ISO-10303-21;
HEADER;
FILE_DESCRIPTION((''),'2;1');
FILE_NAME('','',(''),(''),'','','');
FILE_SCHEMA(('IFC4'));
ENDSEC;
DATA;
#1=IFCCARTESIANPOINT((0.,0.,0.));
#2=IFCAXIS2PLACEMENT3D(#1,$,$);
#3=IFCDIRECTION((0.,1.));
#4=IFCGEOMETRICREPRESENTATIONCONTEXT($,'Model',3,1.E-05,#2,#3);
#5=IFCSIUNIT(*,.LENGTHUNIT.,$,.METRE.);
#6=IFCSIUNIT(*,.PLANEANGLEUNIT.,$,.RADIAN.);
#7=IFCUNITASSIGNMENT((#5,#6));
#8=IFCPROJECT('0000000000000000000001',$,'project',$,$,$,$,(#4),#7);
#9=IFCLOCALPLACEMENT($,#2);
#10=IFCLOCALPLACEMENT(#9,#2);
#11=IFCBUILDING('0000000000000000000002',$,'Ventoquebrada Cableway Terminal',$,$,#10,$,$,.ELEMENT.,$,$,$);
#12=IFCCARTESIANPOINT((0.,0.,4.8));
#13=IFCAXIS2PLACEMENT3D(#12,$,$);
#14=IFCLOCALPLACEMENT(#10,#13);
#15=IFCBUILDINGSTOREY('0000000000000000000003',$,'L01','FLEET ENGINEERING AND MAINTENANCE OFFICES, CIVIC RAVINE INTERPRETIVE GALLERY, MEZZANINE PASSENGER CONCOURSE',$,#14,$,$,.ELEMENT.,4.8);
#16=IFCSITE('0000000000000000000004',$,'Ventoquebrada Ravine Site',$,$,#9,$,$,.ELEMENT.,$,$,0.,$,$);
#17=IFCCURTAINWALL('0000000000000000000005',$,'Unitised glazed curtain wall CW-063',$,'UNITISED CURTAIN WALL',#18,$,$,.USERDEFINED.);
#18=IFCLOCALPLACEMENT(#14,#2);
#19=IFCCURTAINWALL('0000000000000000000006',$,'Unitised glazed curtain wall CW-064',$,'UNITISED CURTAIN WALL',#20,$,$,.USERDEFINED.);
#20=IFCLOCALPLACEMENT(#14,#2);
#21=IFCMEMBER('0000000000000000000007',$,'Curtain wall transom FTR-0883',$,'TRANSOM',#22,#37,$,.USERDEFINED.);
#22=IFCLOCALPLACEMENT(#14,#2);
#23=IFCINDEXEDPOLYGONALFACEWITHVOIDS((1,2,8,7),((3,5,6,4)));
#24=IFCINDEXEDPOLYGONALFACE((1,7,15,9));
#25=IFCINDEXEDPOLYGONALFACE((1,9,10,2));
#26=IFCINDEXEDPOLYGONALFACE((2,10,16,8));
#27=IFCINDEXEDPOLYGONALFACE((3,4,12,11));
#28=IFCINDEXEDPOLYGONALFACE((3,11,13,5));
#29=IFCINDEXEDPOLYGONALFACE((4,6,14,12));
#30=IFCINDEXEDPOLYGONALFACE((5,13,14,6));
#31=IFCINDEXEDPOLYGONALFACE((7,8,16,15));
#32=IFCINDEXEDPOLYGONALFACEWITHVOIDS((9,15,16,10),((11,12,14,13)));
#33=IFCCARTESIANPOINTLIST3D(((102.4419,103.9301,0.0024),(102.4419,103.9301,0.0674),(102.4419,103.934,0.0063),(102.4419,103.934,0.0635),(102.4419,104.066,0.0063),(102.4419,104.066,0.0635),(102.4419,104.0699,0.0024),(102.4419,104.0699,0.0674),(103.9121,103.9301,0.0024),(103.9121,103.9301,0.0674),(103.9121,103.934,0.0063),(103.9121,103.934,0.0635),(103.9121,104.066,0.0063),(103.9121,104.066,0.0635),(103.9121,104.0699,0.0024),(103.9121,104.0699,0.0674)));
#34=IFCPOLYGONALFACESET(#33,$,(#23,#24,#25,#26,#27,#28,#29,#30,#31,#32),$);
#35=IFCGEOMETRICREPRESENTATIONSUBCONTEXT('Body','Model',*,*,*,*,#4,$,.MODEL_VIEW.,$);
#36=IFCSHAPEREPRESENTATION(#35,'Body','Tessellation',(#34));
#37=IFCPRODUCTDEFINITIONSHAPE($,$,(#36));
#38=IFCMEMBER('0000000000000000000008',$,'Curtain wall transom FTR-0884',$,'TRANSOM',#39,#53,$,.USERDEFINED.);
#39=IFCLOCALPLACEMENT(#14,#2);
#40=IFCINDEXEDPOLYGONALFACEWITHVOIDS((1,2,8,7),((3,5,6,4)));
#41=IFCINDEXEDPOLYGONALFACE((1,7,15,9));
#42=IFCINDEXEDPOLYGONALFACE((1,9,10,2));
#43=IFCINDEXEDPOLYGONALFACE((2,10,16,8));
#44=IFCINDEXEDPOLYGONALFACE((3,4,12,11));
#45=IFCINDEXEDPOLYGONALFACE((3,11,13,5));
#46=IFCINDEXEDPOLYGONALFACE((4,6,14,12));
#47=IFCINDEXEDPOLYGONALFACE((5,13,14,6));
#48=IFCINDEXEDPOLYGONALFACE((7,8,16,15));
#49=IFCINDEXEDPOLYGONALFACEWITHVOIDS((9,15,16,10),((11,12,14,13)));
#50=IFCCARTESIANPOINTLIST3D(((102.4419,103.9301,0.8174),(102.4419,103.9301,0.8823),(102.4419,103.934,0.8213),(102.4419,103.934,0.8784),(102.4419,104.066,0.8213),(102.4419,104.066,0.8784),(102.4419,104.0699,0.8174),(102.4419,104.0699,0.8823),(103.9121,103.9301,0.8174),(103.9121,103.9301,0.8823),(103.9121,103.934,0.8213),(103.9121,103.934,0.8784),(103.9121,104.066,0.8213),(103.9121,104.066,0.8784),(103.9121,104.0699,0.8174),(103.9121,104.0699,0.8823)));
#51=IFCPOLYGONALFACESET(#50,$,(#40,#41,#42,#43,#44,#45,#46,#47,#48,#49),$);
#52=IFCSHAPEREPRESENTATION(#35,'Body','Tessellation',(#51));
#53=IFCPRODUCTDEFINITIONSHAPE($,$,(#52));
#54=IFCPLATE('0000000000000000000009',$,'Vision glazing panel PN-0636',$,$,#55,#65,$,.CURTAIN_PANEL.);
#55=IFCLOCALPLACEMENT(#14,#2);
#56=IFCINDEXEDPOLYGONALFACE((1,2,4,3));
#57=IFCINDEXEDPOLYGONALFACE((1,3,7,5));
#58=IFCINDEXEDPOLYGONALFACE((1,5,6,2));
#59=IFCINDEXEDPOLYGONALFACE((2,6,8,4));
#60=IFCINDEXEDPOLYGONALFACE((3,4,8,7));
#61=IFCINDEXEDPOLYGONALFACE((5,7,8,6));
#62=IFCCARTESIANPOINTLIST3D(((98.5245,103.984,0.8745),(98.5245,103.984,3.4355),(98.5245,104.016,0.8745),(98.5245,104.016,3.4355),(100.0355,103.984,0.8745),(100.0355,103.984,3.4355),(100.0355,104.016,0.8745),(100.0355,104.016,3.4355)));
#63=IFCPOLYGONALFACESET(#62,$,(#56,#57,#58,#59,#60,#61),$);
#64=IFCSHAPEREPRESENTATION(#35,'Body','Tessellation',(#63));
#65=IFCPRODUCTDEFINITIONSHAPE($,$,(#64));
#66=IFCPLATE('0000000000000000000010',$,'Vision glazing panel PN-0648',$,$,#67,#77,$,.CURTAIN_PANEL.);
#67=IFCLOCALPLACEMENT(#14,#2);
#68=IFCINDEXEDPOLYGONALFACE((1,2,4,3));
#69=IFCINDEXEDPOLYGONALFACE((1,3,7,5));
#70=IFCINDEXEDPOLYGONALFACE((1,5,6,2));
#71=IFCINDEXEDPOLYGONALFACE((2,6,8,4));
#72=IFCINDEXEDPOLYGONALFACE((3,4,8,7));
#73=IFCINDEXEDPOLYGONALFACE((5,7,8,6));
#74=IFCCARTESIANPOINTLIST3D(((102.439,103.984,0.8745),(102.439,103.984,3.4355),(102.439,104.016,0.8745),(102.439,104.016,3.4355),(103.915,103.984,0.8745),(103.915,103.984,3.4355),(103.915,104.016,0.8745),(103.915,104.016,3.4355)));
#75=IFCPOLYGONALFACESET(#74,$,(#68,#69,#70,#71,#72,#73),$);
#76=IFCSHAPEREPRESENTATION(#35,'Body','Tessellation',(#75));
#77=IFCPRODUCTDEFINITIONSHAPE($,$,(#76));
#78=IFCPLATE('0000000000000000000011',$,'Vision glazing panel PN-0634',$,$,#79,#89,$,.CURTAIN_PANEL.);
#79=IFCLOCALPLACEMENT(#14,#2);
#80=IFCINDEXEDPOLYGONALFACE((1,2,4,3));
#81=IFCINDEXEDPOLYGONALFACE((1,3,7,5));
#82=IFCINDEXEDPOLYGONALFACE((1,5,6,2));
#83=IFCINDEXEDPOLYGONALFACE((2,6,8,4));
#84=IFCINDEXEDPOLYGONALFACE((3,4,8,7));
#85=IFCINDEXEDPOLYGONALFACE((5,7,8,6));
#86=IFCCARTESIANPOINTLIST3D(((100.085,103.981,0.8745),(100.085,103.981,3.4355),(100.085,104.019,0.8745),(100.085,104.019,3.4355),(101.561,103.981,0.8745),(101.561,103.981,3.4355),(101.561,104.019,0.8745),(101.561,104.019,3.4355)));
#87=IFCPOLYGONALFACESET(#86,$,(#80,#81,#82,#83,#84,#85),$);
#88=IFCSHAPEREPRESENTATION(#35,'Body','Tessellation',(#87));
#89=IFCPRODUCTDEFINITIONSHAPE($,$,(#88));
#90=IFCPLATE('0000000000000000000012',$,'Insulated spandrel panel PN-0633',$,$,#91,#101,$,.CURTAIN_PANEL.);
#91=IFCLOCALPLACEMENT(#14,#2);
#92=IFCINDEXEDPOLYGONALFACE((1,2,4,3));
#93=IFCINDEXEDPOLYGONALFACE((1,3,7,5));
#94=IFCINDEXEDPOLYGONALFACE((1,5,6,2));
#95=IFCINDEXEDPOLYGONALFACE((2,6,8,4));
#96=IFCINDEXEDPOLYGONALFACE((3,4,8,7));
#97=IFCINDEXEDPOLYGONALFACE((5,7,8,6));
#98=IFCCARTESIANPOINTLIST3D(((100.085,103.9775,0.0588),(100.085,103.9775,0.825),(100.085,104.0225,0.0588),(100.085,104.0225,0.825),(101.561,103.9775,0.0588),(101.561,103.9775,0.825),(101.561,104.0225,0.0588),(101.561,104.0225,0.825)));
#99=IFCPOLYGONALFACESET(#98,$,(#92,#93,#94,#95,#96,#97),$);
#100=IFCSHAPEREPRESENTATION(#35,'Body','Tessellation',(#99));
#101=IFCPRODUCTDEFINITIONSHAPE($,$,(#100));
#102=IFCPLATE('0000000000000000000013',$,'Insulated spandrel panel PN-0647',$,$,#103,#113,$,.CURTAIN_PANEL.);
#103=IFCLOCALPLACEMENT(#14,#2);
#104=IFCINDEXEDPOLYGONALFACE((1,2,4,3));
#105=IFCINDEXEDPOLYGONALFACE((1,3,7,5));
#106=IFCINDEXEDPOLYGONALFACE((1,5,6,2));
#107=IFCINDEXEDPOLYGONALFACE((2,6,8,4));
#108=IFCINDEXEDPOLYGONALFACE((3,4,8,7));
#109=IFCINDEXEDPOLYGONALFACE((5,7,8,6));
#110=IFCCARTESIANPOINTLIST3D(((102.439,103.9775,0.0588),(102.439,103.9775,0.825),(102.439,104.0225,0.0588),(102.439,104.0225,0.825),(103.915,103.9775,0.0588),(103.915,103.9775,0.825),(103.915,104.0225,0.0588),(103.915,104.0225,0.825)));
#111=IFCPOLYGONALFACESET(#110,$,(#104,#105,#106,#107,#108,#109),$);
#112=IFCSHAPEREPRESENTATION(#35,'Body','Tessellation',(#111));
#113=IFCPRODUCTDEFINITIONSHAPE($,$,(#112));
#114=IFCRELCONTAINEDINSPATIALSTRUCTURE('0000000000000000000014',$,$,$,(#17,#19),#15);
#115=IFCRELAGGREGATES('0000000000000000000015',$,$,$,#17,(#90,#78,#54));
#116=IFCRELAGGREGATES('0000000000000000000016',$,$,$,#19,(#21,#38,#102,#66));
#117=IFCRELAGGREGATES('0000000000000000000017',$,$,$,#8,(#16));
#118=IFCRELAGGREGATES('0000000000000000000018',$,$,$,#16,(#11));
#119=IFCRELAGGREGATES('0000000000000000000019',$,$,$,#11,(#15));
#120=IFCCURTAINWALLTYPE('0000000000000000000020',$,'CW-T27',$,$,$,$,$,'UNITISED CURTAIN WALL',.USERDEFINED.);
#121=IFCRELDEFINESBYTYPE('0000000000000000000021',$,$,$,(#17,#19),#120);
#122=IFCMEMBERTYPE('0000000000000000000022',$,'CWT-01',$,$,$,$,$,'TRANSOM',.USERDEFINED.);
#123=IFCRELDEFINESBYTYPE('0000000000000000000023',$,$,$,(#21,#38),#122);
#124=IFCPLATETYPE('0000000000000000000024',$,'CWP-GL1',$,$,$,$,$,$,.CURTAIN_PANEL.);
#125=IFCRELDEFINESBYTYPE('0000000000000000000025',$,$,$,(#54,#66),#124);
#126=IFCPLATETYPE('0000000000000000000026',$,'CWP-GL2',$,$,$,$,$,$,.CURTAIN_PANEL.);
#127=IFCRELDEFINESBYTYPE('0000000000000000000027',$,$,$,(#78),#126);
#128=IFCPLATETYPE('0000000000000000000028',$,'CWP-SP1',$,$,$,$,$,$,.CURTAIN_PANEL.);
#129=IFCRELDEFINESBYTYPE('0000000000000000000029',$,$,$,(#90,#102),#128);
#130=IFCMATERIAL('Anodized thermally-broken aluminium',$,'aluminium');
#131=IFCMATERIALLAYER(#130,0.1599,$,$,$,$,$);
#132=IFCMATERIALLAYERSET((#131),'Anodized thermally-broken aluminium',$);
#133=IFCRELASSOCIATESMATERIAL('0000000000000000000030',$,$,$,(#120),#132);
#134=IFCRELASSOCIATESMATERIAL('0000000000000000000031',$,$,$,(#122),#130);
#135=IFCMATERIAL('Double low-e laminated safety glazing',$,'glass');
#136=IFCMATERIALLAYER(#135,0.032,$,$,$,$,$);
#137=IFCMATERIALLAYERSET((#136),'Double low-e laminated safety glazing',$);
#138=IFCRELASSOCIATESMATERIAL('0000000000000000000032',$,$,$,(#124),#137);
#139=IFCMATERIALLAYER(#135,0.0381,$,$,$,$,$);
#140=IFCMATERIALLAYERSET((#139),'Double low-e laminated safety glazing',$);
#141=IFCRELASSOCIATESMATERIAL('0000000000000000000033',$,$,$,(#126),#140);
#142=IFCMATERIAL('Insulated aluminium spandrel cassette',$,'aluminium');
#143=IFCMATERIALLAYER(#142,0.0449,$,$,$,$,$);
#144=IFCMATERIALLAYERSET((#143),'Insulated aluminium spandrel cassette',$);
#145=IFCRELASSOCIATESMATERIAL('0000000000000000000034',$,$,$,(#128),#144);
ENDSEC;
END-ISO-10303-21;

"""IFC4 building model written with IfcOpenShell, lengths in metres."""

from ifc_helpers import new_model, si_unit, direction, frame, origin, origin_2d, place, context, subcontext, project, spatial, rectangle, hollow_rectangle, extrude, material, layer, layer_set, material_profile, profile_set, type_object, element, aggregate, save


model = new_model("IFC4")

# Units and contexts
model_context = context("Model", 3, precision=1e-05, world=origin(), true_north=direction((0.0, 1.0)))
body_context = subcontext(model_context, "Body", "Model", "MODEL_VIEW")
ifc_project = project(units=[si_unit("LENGTHUNIT", "METRE"), si_unit("PLANEANGLEUNIT", "RADIAN")], contexts=[model_context])

# Site, building, storey
site_placement = place(None, origin())
site = spatial("IfcSite", under=ifc_project, at=site_placement, Name="Ventoquebrada Ravine Site", CompositionType="ELEMENT", RefElevation=0.0)
building_placement = place(site_placement, origin())
building = spatial("IfcBuilding", under=site, at=building_placement, Name="Ventoquebrada Cableway Terminal", CompositionType="ELEMENT")
storey_placement = place(building_placement, frame((0.0, 0.0, 4.8)))
storey = spatial("IfcBuildingStorey", under=building, at=storey_placement, Name="L01", Description="FLEET ENGINEERING AND MAINTENANCE OFFICES, CIVIC RAVINE INTERPRETIVE GALLERY, MEZZANINE PASSENGER CONCOURSE", CompositionType="ELEMENT", Elevation=4.8)

# Curtain wall
ifc_material_1 = material(Name="Anodized thermally-broken aluminium", Category="aluminium")
ifc_layer_1 = layer(ifc_material_1, 0.1599)
ifc_layer_set_1 = layer_set([ifc_layer_1], Name="Anodized thermally-broken aluminium")
curtain_wall_type = type_object("IfcCurtainWallType", Name="CW-T27", ElementType="UNITISED CURTAIN WALL", PredefinedType="USERDEFINED", material=ifc_layer_set_1)
curtain_wall_1_placement = place(storey_placement, origin())
curtain_wall_1 = element("IfcCurtainWall", 1, at=curtain_wall_1_placement, inside=storey, type_object=curtain_wall_type, Name="Unitised glazed curtain wall CW-063", ObjectType="UNITISED CURTAIN WALL", PredefinedType="USERDEFINED")

# Curtain wall
curtain_wall_2_placement = place(storey_placement, origin())
curtain_wall_2 = element("IfcCurtainWall", 2, at=curtain_wall_2_placement, inside=storey, type_object=curtain_wall_type, Name="Unitised glazed curtain wall CW-064", ObjectType="UNITISED CURTAIN WALL", PredefinedType="USERDEFINED")

# Members
ifc_material_profile_1 = material_profile(ifc_material_1, hollow_rectangle(XDim=0.0649, YDim=0.1399, WallThickness=0.0039, at=origin_2d()), Name="CW-TRN-65X140")
ifc_profile_set_1 = profile_set([ifc_material_profile_1], Name="Anodized thermally-broken aluminium")
member_type_1 = type_object("IfcMemberType", Name="CWT-01", ElementType="TRANSOM", PredefinedType="USERDEFINED", material=ifc_profile_set_1)
member_1_placement = place(storey_placement, frame((103.9121, 104.0, 0.0349), z_axis=(-1.0, 0.0, 0.0), x_axis=(0.0, 0.0, 1.0)))
member_1 = element("IfcMember", 3, at=member_1_placement, type_object=member_type_1, Name="Curtain wall transom FTR-0883", ObjectType="TRANSOM", PredefinedType="USERDEFINED", context=body_context, shape_type="SweptSolid", body=[
    extrude(hollow_rectangle(XDim=0.0649, YDim=0.1399, WallThickness=0.0039, at=origin_2d()), origin(), (0.0, 0.0, 1.0), 1.4702),
])
member_2_placement = place(storey_placement, frame((103.9121, 104.0, 0.8499), z_axis=(-1.0, 0.0, 0.0), x_axis=(0.0, 0.0, 1.0)))
member_2 = element("IfcMember", 4, at=member_2_placement, type_object=member_type_1, Name="Curtain wall transom FTR-0884", ObjectType="TRANSOM", PredefinedType="USERDEFINED", context=body_context, shape_type="SweptSolid", body=[
    extrude(hollow_rectangle(XDim=0.0649, YDim=0.1399, WallThickness=0.0039, at=origin_2d()), origin(), (0.0, 0.0, 1.0), 1.4702),
])

# Plates
ifc_material_2 = material(Name="Double low-e laminated safety glazing", Category="glass")
ifc_layer_2 = layer(ifc_material_2, 0.032)
ifc_layer_set_2 = layer_set([ifc_layer_2], Name="Double low-e laminated safety glazing")
plate_type_1 = type_object("IfcPlateType", Name="CWP-GL1", PredefinedType="CURTAIN_PANEL", material=ifc_layer_set_2)
plate_1_placement = place(storey_placement, frame((99.28, 104.0, 0.8745), z_axis=(0.0, 0.0, 1.0), x_axis=(-1.0, 0.0, 0.0)))
plate_1 = element("IfcPlate", 5, at=plate_1_placement, type_object=plate_type_1, Name="Vision glazing panel PN-0636", PredefinedType="CURTAIN_PANEL", context=body_context, shape_type="SweptSolid", body=[
    extrude(rectangle(XDim=1.511, YDim=0.032, at=origin_2d()), origin(), (0.0, 0.0, 1.0), 2.561),
])
plate_2_placement = place(storey_placement, frame((103.177, 104.0, 0.8745), z_axis=(0.0, 0.0, 1.0), x_axis=(-1.0, 0.0, 0.0)))
plate_2 = element("IfcPlate", 6, at=plate_2_placement, type_object=plate_type_1, Name="Vision glazing panel PN-0648", PredefinedType="CURTAIN_PANEL", context=body_context, shape_type="SweptSolid", body=[
    extrude(rectangle(XDim=1.4761, YDim=0.032, at=origin_2d()), origin(), (0.0, 0.0, 1.0), 2.561),
])
ifc_layer_3 = layer(ifc_material_2, 0.0381)
ifc_layer_set_3 = layer_set([ifc_layer_3], Name="Double low-e laminated safety glazing")
plate_type_2 = type_object("IfcPlateType", Name="CWP-GL2", PredefinedType="CURTAIN_PANEL", material=ifc_layer_set_3)
plate_3_placement = place(storey_placement, frame((100.823, 104.0, 0.8745), z_axis=(0.0, 0.0, 1.0), x_axis=(-1.0, 0.0, 0.0)))
plate_3 = element("IfcPlate", 7, at=plate_3_placement, type_object=plate_type_2, Name="Vision glazing panel PN-0634", PredefinedType="CURTAIN_PANEL", context=body_context, shape_type="SweptSolid", body=[
    extrude(rectangle(XDim=1.4761, YDim=0.0381, at=origin_2d()), origin(), (0.0, 0.0, 1.0), 2.561),
])
ifc_material_3 = material(Name="Insulated aluminium spandrel cassette", Category="aluminium")
ifc_layer_4 = layer(ifc_material_3, 0.0449)
ifc_layer_set_4 = layer_set([ifc_layer_4], Name="Insulated aluminium spandrel cassette")
plate_type_3 = type_object("IfcPlateType", Name="CWP-SP1", PredefinedType="CURTAIN_PANEL", material=ifc_layer_set_4)
plate_4_placement = place(storey_placement, frame((100.823, 104.0, 0.0588), z_axis=(0.0, 0.0, 1.0), x_axis=(-1.0, 0.0, 0.0)))
plate_4 = element("IfcPlate", 8, at=plate_4_placement, type_object=plate_type_3, Name="Insulated spandrel panel PN-0633", PredefinedType="CURTAIN_PANEL", context=body_context, shape_type="SweptSolid", body=[
    extrude(rectangle(XDim=1.4761, YDim=0.0449, at=origin_2d()), origin(), (0.0, 0.0, 1.0), 0.7661),
])
aggregate(curtain_wall_1, [plate_4, plate_3, plate_1])
plate_5_placement = place(storey_placement, frame((103.177, 104.0, 0.0588), z_axis=(0.0, 0.0, 1.0), x_axis=(-1.0, 0.0, 0.0)))
plate_5 = element("IfcPlate", 9, at=plate_5_placement, type_object=plate_type_3, Name="Insulated spandrel panel PN-0647", PredefinedType="CURTAIN_PANEL", context=body_context, shape_type="SweptSolid", body=[
    extrude(rectangle(XDim=1.4761, YDim=0.0449, at=origin_2d()), origin(), (0.0, 0.0, 1.0), 0.7661),
])
aggregate(curtain_wall_2, [member_1, member_2, plate_5, plate_2])

save(model, "model.ifc")
